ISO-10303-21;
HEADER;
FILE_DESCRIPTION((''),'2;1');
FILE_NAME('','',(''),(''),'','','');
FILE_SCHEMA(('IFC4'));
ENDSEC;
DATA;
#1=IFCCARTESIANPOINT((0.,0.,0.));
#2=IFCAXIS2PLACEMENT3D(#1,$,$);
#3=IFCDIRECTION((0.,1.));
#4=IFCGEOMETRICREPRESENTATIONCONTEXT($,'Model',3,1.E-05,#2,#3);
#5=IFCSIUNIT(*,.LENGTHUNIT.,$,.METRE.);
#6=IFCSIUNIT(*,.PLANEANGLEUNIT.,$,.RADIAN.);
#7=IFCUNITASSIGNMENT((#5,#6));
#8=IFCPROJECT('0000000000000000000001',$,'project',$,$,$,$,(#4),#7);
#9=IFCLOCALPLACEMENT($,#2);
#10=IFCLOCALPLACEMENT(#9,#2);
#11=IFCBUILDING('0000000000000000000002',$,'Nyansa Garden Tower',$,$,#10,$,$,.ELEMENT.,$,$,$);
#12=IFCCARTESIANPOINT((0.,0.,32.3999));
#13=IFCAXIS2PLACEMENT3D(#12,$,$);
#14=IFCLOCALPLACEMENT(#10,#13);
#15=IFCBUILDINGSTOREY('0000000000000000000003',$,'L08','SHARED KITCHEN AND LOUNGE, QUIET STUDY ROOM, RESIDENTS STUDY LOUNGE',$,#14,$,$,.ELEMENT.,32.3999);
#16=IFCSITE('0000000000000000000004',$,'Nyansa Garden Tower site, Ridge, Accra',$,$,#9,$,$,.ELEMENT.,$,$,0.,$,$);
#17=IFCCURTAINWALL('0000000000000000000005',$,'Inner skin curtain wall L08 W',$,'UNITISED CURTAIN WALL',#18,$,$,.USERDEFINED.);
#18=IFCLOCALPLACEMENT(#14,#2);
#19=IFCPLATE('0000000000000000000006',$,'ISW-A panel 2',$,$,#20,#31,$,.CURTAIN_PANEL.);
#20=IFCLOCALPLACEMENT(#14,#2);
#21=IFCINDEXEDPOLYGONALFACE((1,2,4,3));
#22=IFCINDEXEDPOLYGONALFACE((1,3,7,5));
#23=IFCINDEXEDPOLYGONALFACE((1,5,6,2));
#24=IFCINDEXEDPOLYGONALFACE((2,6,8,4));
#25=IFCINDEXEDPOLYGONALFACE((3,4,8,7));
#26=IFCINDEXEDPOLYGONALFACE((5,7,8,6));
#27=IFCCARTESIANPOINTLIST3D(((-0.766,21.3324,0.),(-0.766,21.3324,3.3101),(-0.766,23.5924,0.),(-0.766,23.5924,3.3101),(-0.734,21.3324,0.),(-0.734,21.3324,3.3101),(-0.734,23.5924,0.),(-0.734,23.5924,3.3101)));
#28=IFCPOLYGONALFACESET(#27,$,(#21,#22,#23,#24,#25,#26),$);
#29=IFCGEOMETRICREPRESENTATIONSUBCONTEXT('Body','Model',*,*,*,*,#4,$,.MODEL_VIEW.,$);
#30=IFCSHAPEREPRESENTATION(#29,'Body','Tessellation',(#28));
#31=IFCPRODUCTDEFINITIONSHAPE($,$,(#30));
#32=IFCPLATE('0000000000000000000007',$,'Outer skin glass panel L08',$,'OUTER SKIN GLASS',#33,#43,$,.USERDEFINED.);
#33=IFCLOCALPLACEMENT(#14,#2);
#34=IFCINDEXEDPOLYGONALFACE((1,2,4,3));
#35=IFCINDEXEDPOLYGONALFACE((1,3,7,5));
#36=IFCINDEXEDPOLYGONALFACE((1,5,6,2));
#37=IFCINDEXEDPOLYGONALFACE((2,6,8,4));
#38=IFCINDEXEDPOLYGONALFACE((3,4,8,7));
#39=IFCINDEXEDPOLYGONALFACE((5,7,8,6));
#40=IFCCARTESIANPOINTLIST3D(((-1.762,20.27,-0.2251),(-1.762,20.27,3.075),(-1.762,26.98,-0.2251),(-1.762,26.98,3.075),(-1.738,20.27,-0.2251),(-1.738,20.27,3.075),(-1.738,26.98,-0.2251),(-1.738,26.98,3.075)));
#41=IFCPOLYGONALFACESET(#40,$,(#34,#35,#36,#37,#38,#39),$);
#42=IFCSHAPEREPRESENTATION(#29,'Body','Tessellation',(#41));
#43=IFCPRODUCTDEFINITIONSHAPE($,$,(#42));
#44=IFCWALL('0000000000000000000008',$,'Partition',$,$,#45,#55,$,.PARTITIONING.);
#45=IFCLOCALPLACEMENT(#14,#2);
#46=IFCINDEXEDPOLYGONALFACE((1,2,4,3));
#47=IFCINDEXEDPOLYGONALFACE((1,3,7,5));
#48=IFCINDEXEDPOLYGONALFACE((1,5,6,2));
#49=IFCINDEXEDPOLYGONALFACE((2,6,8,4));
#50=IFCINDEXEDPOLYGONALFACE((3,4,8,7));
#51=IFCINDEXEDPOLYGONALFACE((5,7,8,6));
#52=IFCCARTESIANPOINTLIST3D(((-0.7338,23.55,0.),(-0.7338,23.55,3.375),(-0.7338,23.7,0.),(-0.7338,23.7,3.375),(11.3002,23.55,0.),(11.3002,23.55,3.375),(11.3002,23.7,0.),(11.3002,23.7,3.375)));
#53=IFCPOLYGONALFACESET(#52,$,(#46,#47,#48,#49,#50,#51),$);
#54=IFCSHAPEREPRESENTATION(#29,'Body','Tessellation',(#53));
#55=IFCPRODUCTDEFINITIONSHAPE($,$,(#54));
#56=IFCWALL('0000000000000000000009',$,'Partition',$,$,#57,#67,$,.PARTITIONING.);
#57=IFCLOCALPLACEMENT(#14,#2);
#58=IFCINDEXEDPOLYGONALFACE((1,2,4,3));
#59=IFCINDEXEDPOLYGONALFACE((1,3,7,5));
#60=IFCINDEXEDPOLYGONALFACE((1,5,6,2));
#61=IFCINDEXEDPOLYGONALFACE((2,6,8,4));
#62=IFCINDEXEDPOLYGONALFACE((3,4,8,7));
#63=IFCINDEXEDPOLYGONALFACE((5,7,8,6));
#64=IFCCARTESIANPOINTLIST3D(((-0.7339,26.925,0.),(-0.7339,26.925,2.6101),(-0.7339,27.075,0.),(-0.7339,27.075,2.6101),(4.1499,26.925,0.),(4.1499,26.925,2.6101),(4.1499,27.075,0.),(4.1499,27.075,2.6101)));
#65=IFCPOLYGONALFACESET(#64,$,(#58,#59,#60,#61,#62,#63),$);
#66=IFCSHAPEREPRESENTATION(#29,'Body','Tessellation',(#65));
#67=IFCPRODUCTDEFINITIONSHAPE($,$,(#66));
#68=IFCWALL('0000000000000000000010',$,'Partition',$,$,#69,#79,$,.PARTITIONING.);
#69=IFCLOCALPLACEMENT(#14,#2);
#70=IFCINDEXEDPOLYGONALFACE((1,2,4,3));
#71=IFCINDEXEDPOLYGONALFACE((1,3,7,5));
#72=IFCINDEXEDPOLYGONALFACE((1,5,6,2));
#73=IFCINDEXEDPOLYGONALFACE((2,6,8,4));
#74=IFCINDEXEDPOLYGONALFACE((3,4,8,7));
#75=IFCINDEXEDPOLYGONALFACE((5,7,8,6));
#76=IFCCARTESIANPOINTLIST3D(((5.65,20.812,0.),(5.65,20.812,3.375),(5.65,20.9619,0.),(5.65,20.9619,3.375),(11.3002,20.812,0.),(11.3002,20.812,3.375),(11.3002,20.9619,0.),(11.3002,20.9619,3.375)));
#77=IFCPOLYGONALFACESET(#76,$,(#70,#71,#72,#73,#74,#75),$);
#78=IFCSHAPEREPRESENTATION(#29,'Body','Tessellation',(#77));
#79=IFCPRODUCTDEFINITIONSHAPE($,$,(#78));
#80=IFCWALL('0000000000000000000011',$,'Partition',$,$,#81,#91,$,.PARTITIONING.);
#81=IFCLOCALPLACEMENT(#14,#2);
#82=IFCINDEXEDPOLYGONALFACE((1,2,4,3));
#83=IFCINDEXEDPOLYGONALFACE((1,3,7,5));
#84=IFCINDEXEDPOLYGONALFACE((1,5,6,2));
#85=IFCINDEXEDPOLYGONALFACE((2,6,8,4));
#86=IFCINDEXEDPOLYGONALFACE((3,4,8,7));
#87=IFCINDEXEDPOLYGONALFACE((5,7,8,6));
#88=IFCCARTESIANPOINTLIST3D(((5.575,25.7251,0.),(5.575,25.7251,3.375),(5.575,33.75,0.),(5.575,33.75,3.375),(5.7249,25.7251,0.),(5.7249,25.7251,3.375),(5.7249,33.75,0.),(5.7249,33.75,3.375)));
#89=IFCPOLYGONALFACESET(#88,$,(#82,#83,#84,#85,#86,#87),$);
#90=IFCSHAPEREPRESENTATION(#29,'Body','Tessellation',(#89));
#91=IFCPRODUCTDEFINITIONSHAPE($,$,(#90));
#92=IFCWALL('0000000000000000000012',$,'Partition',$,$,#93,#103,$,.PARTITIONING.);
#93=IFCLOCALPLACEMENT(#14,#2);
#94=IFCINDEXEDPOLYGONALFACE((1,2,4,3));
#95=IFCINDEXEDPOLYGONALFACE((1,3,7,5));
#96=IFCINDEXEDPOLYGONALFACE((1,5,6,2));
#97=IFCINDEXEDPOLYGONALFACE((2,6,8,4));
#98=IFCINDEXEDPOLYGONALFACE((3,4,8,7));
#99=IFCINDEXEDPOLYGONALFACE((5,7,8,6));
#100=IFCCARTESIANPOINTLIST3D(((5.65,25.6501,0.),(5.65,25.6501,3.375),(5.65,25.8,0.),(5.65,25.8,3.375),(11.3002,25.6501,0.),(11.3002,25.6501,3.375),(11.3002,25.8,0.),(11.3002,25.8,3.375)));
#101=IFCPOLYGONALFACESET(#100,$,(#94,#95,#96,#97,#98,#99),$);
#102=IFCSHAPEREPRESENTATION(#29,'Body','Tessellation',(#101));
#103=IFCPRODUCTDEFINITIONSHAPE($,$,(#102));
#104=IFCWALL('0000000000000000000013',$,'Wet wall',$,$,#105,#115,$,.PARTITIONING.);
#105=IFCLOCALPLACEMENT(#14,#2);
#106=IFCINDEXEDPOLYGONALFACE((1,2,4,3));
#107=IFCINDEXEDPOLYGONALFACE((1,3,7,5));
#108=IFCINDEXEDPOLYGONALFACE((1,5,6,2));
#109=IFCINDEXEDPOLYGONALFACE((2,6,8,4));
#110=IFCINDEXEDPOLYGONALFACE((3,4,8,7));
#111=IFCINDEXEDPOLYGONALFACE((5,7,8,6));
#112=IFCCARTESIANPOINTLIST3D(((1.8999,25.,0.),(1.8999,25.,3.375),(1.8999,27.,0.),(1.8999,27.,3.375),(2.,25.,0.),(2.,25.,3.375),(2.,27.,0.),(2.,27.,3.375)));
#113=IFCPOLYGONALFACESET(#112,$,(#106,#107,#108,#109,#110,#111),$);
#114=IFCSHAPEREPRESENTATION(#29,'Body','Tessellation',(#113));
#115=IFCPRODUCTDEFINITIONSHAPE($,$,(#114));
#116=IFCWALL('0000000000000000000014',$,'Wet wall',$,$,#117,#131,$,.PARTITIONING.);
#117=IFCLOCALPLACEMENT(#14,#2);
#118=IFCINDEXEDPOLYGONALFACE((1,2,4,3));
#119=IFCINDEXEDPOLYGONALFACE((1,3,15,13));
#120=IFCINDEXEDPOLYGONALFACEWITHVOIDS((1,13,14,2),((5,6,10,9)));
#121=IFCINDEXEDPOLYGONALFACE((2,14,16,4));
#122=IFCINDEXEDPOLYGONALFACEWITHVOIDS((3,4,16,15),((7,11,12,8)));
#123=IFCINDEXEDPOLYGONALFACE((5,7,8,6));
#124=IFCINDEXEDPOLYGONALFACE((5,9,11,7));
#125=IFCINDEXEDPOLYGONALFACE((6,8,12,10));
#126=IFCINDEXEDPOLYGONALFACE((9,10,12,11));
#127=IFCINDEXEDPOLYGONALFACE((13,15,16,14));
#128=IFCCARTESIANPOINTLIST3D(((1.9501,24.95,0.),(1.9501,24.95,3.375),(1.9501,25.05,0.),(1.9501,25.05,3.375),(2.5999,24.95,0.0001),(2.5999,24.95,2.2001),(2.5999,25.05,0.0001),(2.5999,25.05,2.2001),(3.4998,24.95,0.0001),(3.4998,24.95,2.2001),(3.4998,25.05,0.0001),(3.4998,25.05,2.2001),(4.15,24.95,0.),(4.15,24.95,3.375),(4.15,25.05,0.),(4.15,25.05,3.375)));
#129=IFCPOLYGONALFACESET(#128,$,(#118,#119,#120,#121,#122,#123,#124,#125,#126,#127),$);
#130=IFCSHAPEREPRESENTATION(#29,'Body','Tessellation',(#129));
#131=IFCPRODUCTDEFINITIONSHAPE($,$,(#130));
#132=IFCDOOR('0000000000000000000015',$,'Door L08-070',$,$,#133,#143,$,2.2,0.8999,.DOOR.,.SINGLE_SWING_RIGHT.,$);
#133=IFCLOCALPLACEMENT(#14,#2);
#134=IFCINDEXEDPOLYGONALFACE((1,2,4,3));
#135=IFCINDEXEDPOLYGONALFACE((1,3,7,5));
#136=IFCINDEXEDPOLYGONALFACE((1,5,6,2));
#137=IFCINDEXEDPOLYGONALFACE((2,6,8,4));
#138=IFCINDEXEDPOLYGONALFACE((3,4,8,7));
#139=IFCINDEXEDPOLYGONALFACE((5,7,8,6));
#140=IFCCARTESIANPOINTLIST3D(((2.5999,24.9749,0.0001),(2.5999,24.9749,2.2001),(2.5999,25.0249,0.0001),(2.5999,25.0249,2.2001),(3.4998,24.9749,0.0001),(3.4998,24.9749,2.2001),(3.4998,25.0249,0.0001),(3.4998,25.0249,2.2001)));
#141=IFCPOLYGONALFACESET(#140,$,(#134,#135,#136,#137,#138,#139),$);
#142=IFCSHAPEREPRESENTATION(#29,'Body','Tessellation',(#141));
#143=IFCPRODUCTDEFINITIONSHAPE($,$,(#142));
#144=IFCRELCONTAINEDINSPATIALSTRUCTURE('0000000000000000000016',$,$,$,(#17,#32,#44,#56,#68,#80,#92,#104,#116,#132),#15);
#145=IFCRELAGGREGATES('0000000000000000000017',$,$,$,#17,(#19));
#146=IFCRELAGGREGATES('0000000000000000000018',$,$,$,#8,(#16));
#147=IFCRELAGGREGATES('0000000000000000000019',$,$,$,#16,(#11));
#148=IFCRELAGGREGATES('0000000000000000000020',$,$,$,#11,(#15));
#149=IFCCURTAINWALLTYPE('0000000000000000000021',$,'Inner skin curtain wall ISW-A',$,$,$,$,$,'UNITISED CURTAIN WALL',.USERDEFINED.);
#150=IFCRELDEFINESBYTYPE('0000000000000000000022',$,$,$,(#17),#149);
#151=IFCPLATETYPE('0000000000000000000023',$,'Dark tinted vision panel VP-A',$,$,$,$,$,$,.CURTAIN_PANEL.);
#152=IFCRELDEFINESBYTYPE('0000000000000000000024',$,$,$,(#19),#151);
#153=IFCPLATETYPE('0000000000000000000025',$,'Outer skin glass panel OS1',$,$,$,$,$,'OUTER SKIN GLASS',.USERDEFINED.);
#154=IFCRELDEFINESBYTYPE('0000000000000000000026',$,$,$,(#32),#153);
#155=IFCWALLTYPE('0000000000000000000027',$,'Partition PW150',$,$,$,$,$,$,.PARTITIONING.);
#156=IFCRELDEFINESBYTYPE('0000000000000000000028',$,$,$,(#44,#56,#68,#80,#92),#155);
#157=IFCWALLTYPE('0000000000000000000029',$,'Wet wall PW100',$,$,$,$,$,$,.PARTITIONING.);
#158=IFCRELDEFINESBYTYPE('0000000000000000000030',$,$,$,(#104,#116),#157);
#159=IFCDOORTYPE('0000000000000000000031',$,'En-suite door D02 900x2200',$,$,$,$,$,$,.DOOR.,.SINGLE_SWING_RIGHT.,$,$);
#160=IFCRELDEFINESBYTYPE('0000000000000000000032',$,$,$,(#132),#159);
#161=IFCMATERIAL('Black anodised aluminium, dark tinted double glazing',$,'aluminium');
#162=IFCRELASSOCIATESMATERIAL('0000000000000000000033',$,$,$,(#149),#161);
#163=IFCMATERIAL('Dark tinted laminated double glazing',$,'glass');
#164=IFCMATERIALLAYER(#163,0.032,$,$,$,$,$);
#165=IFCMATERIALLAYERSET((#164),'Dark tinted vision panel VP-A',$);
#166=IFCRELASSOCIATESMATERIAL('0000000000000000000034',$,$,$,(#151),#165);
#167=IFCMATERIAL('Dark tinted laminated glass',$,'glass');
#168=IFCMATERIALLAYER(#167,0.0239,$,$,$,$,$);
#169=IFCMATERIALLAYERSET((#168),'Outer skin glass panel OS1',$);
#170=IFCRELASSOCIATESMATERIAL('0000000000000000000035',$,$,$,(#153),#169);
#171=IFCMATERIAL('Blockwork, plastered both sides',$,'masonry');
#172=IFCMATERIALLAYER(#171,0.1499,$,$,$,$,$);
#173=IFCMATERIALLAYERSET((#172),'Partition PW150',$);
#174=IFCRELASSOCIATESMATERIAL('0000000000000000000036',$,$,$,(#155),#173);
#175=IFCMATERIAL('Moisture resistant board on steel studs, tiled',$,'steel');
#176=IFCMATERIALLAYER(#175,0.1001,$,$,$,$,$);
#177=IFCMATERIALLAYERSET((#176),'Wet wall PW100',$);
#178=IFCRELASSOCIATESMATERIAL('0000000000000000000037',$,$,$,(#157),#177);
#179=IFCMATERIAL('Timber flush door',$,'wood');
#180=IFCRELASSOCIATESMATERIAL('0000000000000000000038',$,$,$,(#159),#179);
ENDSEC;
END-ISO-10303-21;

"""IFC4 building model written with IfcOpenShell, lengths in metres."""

from ifc_helpers import new_model, si_unit, direction, frame, frame_2d, origin, origin_2d, place, context, subcontext, project, spatial, rectangle, extrude, material, layer, layer_set, type_object, element, fill, aggregate, save


model = new_model("IFC4")

# Units and contexts
model_context = context("Model", 3, precision=1e-05, world=origin(), true_north=direction((0.0, 1.0)))
body_context = subcontext(model_context, "Body", "Model", "MODEL_VIEW")
ifc_project = project(units=[si_unit("LENGTHUNIT", "METRE"), si_unit("PLANEANGLEUNIT", "RADIAN")], contexts=[model_context])

# Site, building, storey
site_placement = place(None, origin())
site = spatial("IfcSite", under=ifc_project, at=site_placement, Name="Nyansa Garden Tower site, Ridge, Accra", CompositionType="ELEMENT", RefElevation=0.0)
building_placement = place(site_placement, origin())
building = spatial("IfcBuilding", under=site, at=building_placement, Name="Nyansa Garden Tower", CompositionType="ELEMENT")
storey_placement = place(building_placement, frame((0.0, 0.0, 32.3999)))
storey = spatial("IfcBuildingStorey", under=building, at=storey_placement, Name="L08", Description="SHARED KITCHEN AND LOUNGE, QUIET STUDY ROOM, RESIDENTS STUDY LOUNGE", CompositionType="ELEMENT", Elevation=32.3999)

# Curtain wall
ifc_material_1 = material(Name="Black anodised aluminium, dark tinted double glazing", Category="aluminium")
curtain_wall_type = type_object("IfcCurtainWallType", Name="Inner skin curtain wall ISW-A", ElementType="UNITISED CURTAIN WALL", PredefinedType="USERDEFINED", material=ifc_material_1)
curtain_wall_placement = place(storey_placement, origin())
curtain_wall = element("IfcCurtainWall", 1, at=curtain_wall_placement, inside=storey, type_object=curtain_wall_type, Name="Inner skin curtain wall L08 W", ObjectType="UNITISED CURTAIN WALL", PredefinedType="USERDEFINED")

# Plates
ifc_material_2 = material(Name="Dark tinted laminated double glazing", Category="glass")
ifc_layer_1 = layer(ifc_material_2, 0.032)
ifc_layer_set_1 = layer_set([ifc_layer_1], Name="Dark tinted vision panel VP-A")
plate_type_1 = type_object("IfcPlateType", Name="Dark tinted vision panel VP-A", PredefinedType="CURTAIN_PANEL", material=ifc_layer_set_1)
plate_1_placement = place(storey_placement, frame((-0.75, 22.4624, 0.0), z_axis=(0.0, 0.0, 1.0), x_axis=(0.0, -1.0, 0.0)))
plate_1 = element("IfcPlate", 2, at=plate_1_placement, type_object=plate_type_1, Name="ISW-A panel 2", PredefinedType="CURTAIN_PANEL", context=body_context, shape_type="SweptSolid", body=[
    extrude(rectangle(XDim=2.26, YDim=0.032, at=origin_2d()), origin(), (0.0, 0.0, 1.0), 3.3101),
])
aggregate(curtain_wall, [plate_1])
ifc_material_3 = material(Name="Dark tinted laminated glass", Category="glass")
ifc_layer_2 = layer(ifc_material_3, 0.0239)
ifc_layer_set_2 = layer_set([ifc_layer_2], Name="Outer skin glass panel OS1")
plate_type_2 = type_object("IfcPlateType", Name="Outer skin glass panel OS1", ElementType="OUTER SKIN GLASS", PredefinedType="USERDEFINED", material=ifc_layer_set_2)
plate_2_placement = place(storey_placement, frame((-1.75, 23.625, -0.2251), z_axis=(0.0, 0.0, 1.0), x_axis=(0.0, 1.0, 0.0)))
element("IfcPlate", 3, at=plate_2_placement, inside=storey, type_object=plate_type_2, Name="Outer skin glass panel L08", ObjectType="OUTER SKIN GLASS", PredefinedType="USERDEFINED", context=body_context, shape_type="SweptSolid", body=[
    extrude(rectangle(XDim=6.71, YDim=0.0239, at=origin_2d()), origin(), (0.0, 0.0, 1.0), 3.3),
])

# Walls
ifc_material_4 = material(Name="Blockwork, plastered both sides", Category="masonry")
ifc_layer_3 = layer(ifc_material_4, 0.1499)
ifc_layer_set_3 = layer_set([ifc_layer_3], Name="Partition PW150")
wall_type_1 = type_object("IfcWallType", Name="Partition PW150", PredefinedType="PARTITIONING", material=ifc_layer_set_3)
wall_1_placement = place(storey_placement, frame((-0.7339, 23.625, 0.0), z_axis=(0.0, 0.0, 1.0), x_axis=(1.0, 0.0, 0.0)))
element("IfcWall", 4, at=wall_1_placement, inside=storey, type_object=wall_type_1, Name="Partition", PredefinedType="PARTITIONING", context=body_context, shape_type="SweptSolid", body=[
    extrude(rectangle(XDim=12.0339, YDim=0.1499, at=frame_2d((6.0171, 0.0))), origin(), (0.0, 0.0, 1.0), 3.375),
])
wall_2_placement = place(storey_placement, frame((-0.7339, 27.0, 0.0), z_axis=(0.0, 0.0, 1.0), x_axis=(1.0, 0.0, 0.0)))
element("IfcWall", 5, at=wall_2_placement, inside=storey, type_object=wall_type_1, Name="Partition", PredefinedType="PARTITIONING", context=body_context, shape_type="SweptSolid", body=[
    extrude(rectangle(XDim=4.8838, YDim=0.1499, at=frame_2d((2.4419, 0.0))), origin(), (0.0, 0.0, 1.0), 2.6101),
])
wall_3_placement = place(storey_placement, frame((5.6499, 20.887, 0.0), z_axis=(0.0, 0.0, 1.0), x_axis=(1.0, 0.0, 0.0)))
element("IfcWall", 6, at=wall_3_placement, inside=storey, type_object=wall_type_1, Name="Partition", PredefinedType="PARTITIONING", context=body_context, shape_type="SweptSolid", body=[
    extrude(rectangle(XDim=5.6501, YDim=0.1499, at=frame_2d((2.8252, 0.0))), origin(), (0.0, 0.0, 1.0), 3.375),
])
wall_4_placement = place(storey_placement, frame((5.6499, 25.7251, 0.0), z_axis=(0.0, 0.0, 1.0), x_axis=(0.0, 1.0, 0.0)))
element("IfcWall", 7, at=wall_4_placement, inside=storey, type_object=wall_type_1, Name="Partition", PredefinedType="PARTITIONING", context=body_context, shape_type="SweptSolid", body=[
    extrude(rectangle(XDim=8.0249, YDim=0.1499, at=frame_2d((4.0125, 0.0))), origin(), (0.0, 0.0, 1.0), 3.375),
])
wall_5_placement = place(storey_placement, frame((5.6499, 25.7251, 0.0), z_axis=(0.0, 0.0, 1.0), x_axis=(1.0, 0.0, 0.0)))
element("IfcWall", 8, at=wall_5_placement, inside=storey, type_object=wall_type_1, Name="Partition", PredefinedType="PARTITIONING", context=body_context, shape_type="SweptSolid", body=[
    extrude(rectangle(XDim=5.6501, YDim=0.1499, at=frame_2d((2.8252, 0.0))), origin(), (0.0, 0.0, 1.0), 3.375),
])
ifc_material_5 = material(Name="Moisture resistant board on steel studs, tiled", Category="steel")
ifc_layer_4 = layer(ifc_material_5, 0.1001)
ifc_layer_set_4 = layer_set([ifc_layer_4], Name="Wet wall PW100")
wall_type_2 = type_object("IfcWallType", Name="Wet wall PW100", PredefinedType="PARTITIONING", material=ifc_layer_set_4)
wall_6_placement = place(storey_placement, frame((1.95, 25.0, 0.0), z_axis=(0.0, 0.0, 1.0), x_axis=(0.0, 1.0, 0.0)))
element("IfcWall", 9, at=wall_6_placement, inside=storey, type_object=wall_type_2, Name="Wet wall", PredefinedType="PARTITIONING", context=body_context, shape_type="SweptSolid", body=[
    extrude(rectangle(XDim=2.0, YDim=0.1001, at=frame_2d((1.0, 0.0))), origin(), (0.0, 0.0, 1.0), 3.375),
])

# Wall, opening, door
wall_7_placement = place(storey_placement, frame((1.95, 25.0, 0.0), z_axis=(0.0, 0.0, 1.0), x_axis=(1.0, 0.0, 0.0)))
wall_7 = element("IfcWall", 10, at=wall_7_placement, inside=storey, type_object=wall_type_2, Name="Wet wall", PredefinedType="PARTITIONING", context=body_context, shape_type="SweptSolid", body=[
    extrude(rectangle(XDim=2.2, YDim=0.1001, at=frame_2d((1.1001, 0.0))), origin(), (0.0, 0.0, 1.0), 3.375),
])
opening_placement = place(wall_7_placement, frame((0.6499, 0.0, 0.0)))
opening = element("IfcOpeningElement", 11, at=opening_placement, cuts=wall_7, PredefinedType="OPENING", context=body_context, shape_type="SweptSolid", body=[
    extrude(rectangle(XDim=0.8999, YDim=2.2, at=frame_2d((0.45, 1.1001))), frame((0.0, 0.0601, 0.0), z_axis=(0.0, -1.0, 0.0), x_axis=(1.0, 0.0, 0.0)), (0.0, 0.0, 1.0), 0.1201),
])
ifc_material_6 = material(Name="Timber flush door", Category="wood")
door_type = type_object("IfcDoorType", Name="En-suite door D02 900x2200", OperationType="SINGLE_SWING_RIGHT", PredefinedType="DOOR", material=ifc_material_6)
door_placement = place(opening_placement, origin())
door = element("IfcDoor", 12, at=door_placement, inside=storey, type_object=door_type, Name="Door L08-070", OperationType="SINGLE_SWING_RIGHT", OverallHeight=2.2, OverallWidth=0.8999, PredefinedType="DOOR", context=body_context, shape_type="SweptSolid", body=[
    extrude(rectangle(XDim=0.8999, YDim=2.2, at=frame_2d((0.45, 1.1001))), frame((0.0, 0.0249, 0.0), z_axis=(0.0, -1.0, 0.0), x_axis=(1.0, 0.0, 0.0)), (0.0, 0.0, 1.0), 0.05),
])
fill(opening, door)

save(model, "model.ifc")
